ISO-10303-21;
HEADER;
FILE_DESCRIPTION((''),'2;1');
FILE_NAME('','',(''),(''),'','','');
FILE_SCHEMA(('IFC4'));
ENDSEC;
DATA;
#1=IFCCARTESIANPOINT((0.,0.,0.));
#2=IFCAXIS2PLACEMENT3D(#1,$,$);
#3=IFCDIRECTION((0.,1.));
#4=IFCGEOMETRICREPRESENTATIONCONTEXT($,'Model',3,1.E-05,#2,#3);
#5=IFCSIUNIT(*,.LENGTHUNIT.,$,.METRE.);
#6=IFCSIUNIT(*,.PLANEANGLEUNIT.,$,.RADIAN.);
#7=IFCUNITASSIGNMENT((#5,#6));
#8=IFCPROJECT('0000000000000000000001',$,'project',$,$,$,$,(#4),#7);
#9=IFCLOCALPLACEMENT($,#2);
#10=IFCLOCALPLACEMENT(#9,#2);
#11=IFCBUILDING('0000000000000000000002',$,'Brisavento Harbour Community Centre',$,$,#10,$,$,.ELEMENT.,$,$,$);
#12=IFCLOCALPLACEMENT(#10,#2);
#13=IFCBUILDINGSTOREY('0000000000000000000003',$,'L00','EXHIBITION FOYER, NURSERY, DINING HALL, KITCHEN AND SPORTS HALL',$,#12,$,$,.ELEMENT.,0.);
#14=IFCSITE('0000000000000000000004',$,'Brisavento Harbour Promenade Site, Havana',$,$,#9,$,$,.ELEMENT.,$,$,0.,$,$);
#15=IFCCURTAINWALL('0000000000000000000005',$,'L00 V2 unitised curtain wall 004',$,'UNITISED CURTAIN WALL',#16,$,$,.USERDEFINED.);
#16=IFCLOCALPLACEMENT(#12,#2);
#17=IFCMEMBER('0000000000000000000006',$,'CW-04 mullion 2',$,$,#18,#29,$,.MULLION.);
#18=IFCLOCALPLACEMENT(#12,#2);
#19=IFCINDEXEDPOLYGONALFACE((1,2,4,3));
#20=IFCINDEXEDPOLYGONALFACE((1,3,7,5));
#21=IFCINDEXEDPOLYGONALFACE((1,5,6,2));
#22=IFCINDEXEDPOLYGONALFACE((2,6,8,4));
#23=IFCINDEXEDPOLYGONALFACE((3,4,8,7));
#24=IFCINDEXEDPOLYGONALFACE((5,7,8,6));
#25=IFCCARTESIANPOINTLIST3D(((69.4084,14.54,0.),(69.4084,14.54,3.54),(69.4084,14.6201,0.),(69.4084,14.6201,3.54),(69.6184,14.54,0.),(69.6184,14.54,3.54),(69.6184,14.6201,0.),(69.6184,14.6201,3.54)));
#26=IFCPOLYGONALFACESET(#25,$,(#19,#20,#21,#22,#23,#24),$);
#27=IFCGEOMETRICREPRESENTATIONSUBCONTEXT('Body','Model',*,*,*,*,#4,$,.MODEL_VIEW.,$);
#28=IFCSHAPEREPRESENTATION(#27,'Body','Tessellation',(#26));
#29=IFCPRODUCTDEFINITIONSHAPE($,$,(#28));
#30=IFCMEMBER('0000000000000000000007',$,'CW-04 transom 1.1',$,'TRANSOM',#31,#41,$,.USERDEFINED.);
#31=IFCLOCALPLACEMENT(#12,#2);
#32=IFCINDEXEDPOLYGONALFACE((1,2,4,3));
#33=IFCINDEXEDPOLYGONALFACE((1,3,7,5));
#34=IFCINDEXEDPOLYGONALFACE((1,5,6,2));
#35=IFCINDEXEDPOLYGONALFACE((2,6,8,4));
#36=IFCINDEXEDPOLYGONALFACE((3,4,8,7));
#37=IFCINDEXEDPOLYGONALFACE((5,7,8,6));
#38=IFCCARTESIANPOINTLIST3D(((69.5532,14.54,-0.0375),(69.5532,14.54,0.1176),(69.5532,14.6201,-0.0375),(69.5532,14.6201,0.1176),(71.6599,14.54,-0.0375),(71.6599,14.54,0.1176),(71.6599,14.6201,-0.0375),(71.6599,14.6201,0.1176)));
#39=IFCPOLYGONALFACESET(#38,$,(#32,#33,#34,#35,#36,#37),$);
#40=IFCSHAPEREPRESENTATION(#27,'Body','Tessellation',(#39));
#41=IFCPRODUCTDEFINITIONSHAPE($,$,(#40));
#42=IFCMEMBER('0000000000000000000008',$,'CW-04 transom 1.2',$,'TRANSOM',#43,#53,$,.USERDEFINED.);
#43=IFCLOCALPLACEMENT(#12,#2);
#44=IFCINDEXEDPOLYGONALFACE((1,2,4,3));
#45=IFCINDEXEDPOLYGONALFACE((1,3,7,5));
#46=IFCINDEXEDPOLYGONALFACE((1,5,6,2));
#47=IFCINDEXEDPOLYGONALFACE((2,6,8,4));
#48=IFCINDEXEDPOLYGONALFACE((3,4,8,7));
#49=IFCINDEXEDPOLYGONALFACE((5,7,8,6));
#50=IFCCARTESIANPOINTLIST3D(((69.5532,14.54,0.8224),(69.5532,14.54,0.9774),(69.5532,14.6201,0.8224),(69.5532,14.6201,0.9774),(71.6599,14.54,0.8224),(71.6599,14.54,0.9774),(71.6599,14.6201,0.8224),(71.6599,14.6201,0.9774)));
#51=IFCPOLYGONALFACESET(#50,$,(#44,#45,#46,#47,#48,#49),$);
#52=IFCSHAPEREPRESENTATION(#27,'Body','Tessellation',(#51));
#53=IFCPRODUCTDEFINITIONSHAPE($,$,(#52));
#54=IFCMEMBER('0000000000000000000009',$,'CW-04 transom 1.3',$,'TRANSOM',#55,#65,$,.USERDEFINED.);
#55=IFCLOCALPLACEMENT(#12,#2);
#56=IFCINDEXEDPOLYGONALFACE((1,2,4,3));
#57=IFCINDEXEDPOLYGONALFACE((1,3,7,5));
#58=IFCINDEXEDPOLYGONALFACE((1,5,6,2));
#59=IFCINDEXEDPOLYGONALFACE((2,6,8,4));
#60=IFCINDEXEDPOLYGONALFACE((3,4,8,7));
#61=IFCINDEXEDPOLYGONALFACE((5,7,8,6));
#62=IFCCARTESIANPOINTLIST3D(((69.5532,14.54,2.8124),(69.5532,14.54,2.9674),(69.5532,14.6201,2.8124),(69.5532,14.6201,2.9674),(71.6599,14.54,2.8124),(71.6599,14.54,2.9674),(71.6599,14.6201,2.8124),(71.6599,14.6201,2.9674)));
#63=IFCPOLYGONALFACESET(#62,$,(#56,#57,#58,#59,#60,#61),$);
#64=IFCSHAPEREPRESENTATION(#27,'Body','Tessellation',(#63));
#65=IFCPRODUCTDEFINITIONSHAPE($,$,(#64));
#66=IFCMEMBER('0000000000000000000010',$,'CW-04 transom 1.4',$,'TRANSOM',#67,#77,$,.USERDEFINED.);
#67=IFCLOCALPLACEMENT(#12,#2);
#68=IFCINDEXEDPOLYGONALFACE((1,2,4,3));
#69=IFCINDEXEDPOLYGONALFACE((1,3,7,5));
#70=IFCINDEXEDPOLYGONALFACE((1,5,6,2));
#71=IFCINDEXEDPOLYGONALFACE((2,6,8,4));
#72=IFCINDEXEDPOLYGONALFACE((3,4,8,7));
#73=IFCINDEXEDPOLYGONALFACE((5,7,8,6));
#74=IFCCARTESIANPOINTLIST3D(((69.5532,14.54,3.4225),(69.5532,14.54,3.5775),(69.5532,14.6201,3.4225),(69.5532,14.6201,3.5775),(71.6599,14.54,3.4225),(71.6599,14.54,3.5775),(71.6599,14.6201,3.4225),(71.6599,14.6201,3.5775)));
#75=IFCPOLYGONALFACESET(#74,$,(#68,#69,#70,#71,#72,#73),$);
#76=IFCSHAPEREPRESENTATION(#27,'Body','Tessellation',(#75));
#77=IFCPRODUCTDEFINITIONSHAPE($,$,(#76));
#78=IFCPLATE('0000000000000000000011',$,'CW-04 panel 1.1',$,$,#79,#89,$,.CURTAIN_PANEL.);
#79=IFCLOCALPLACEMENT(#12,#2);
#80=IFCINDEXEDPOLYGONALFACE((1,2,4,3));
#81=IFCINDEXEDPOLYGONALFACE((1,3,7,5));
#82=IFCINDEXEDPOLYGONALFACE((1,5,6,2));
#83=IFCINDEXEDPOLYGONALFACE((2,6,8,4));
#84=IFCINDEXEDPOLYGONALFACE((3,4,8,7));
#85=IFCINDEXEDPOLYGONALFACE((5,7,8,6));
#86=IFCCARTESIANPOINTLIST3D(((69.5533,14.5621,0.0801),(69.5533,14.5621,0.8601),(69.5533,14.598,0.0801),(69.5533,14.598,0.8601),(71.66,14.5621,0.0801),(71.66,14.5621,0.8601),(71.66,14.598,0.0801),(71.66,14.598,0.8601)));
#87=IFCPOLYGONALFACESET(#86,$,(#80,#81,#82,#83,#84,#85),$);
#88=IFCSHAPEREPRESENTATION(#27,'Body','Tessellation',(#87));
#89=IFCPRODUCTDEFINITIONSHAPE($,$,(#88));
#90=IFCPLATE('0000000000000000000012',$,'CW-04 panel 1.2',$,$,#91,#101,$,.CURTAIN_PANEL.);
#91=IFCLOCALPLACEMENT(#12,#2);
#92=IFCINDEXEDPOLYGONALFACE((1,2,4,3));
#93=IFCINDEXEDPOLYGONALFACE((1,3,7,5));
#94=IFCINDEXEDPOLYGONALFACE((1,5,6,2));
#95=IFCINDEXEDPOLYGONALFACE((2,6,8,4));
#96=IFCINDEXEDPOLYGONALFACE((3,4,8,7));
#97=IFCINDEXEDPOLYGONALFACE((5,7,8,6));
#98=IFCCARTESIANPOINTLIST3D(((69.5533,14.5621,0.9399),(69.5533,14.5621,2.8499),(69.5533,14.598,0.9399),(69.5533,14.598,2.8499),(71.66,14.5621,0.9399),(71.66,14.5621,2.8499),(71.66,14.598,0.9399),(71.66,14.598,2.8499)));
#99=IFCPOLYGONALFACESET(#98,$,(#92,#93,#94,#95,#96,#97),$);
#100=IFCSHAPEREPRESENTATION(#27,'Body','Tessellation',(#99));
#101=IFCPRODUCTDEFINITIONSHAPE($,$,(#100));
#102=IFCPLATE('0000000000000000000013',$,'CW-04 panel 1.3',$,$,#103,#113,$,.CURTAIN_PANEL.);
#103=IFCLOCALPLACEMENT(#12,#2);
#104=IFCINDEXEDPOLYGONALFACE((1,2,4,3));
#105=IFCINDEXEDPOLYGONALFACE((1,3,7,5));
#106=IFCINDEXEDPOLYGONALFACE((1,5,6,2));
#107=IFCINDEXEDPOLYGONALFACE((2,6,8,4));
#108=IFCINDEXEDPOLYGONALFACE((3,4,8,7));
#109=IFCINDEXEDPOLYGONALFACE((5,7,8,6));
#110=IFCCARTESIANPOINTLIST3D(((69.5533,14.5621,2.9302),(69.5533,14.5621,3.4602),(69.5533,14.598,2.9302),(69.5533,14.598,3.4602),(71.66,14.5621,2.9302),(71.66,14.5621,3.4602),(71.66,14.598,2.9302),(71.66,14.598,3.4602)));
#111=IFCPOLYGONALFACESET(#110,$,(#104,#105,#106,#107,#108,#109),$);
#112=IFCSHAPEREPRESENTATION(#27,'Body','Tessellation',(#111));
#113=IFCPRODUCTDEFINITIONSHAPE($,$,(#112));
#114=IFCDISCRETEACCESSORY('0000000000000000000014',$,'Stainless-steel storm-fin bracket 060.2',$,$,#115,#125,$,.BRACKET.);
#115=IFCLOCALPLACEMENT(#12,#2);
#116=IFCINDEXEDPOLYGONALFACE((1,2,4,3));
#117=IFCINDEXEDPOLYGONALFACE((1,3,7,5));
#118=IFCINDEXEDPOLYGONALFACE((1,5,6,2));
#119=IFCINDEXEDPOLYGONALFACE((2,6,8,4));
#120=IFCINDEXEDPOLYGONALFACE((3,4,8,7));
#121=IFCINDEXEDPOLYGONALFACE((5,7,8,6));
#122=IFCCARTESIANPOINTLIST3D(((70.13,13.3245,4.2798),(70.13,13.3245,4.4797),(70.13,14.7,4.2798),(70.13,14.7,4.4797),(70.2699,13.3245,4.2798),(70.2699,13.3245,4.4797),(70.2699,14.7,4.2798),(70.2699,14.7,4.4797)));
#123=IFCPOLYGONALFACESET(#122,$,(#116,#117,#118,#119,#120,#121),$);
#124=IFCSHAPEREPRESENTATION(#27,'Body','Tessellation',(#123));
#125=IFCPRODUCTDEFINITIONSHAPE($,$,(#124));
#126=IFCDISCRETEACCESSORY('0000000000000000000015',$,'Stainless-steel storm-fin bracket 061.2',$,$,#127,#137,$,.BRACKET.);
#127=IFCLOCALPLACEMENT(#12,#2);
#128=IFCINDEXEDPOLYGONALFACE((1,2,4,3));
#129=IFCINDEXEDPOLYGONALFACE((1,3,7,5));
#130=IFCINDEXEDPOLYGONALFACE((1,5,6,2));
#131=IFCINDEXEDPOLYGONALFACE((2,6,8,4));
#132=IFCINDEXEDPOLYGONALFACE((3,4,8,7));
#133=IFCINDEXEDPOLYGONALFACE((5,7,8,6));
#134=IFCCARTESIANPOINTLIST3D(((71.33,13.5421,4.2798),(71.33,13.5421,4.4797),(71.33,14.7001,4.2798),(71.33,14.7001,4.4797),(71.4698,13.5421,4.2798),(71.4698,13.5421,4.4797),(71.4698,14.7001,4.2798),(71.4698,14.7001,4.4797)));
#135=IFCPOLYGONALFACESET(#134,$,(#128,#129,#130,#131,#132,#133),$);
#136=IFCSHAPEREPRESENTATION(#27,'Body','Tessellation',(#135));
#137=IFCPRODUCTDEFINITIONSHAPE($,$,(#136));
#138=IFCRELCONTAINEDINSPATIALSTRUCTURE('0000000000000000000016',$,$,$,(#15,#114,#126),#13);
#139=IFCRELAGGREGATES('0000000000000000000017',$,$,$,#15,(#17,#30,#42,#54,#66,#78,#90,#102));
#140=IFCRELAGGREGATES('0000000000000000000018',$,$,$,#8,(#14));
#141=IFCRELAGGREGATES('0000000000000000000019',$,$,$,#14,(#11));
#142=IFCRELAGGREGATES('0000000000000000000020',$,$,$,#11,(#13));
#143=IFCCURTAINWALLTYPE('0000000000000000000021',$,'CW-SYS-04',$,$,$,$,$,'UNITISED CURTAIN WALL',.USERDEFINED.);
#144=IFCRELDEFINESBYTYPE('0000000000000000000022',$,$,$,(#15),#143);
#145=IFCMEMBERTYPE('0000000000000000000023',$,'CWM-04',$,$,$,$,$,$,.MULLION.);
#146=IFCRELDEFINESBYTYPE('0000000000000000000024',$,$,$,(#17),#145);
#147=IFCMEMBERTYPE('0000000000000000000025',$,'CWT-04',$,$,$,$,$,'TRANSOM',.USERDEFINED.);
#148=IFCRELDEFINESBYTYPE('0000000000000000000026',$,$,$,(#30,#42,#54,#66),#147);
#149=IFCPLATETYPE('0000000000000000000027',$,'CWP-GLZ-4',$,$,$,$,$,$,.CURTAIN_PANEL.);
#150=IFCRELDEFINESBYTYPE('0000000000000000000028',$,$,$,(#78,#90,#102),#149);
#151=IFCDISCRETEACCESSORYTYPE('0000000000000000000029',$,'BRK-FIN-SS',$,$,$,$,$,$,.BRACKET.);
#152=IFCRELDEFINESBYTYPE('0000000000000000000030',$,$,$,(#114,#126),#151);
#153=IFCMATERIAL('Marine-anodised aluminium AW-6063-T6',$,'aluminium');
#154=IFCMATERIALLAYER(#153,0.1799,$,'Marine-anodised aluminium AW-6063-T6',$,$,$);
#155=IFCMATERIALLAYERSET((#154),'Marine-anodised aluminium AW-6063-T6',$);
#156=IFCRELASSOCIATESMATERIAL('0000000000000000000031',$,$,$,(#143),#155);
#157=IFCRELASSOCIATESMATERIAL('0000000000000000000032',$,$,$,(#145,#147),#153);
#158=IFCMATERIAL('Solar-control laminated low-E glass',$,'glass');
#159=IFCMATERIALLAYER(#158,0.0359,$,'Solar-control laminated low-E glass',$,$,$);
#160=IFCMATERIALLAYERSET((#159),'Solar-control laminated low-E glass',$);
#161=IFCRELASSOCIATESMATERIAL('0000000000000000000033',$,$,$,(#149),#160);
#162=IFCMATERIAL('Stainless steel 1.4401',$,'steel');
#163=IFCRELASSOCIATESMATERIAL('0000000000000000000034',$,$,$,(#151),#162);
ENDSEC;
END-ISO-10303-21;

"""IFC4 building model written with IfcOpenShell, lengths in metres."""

from ifc_helpers import new_model, si_unit, direction, frame, origin, origin_2d, place, context, subcontext, project, spatial, rectangle, extrude, material, layer, layer_set, material_profile, profile_set, type_object, element, aggregate, save


model = new_model("IFC4")

# Units and contexts
model_context = context("Model", 3, precision=1e-05, world=origin(), true_north=direction((0.0, 1.0)))
body_context = subcontext(model_context, "Body", "Model", "MODEL_VIEW")
ifc_project = project(units=[si_unit("LENGTHUNIT", "METRE"), si_unit("PLANEANGLEUNIT", "RADIAN")], contexts=[model_context])

# Site, building, storey
site_placement = place(None, origin())
site = spatial("IfcSite", under=ifc_project, at=site_placement, Name="Brisavento Harbour Promenade Site, Havana", CompositionType="ELEMENT", RefElevation=0.0)
building_placement = place(site_placement, origin())
building = spatial("IfcBuilding", under=site, at=building_placement, Name="Brisavento Harbour Community Centre", CompositionType="ELEMENT")
storey_placement = place(building_placement, origin())
storey = spatial("IfcBuildingStorey", under=building, at=storey_placement, Name="L00", Description="EXHIBITION FOYER, NURSERY, DINING HALL, KITCHEN AND SPORTS HALL", CompositionType="ELEMENT", Elevation=0.0)

# Curtain wall, members, plates
ifc_material_1 = material(Name="Marine-anodised aluminium AW-6063-T6", Category="aluminium")
ifc_layer_1 = layer(ifc_material_1, 0.1799, Name="Marine-anodised aluminium AW-6063-T6")
ifc_layer_set_1 = layer_set([ifc_layer_1], Name="Marine-anodised aluminium AW-6063-T6")
curtain_wall_type = type_object("IfcCurtainWallType", Name="CW-SYS-04", ElementType="UNITISED CURTAIN WALL", PredefinedType="USERDEFINED", material=ifc_layer_set_1)
curtain_wall_placement = place(storey_placement, origin())
curtain_wall = element("IfcCurtainWall", 1, at=curtain_wall_placement, inside=storey, type_object=curtain_wall_type, Name="L00 V2 unitised curtain wall 004", ObjectType="UNITISED CURTAIN WALL", PredefinedType="USERDEFINED")
ifc_material_profile_1 = material_profile(ifc_material_1, rectangle(XDim=0.0801, YDim=0.21, at=origin_2d()), Name="Marine-anodised aluminium AW-6063-T6")
ifc_profile_set_1 = profile_set([ifc_material_profile_1], Name="Marine-anodised aluminium AW-6063-T6")
member_type_1 = type_object("IfcMemberType", Name="CWM-04", PredefinedType="MULLION", material=ifc_profile_set_1)
member_1_placement = place(storey_placement, frame((69.5134, 14.5801, 0.0), z_axis=(0.0, 0.0, 1.0), x_axis=(0.0, -1.0, 0.0)))
member_1 = element("IfcMember", 2, at=member_1_placement, type_object=member_type_1, Name="CW-04 mullion 2", PredefinedType="MULLION", context=body_context, shape_type="SweptSolid", body=[
    extrude(rectangle(XDim=0.0801, YDim=0.21, at=origin_2d()), origin(), (0.0, 0.0, 1.0), 3.54),
])
ifc_material_profile_2 = material_profile(ifc_material_1, rectangle(XDim=0.0801, YDim=0.155, at=origin_2d()), Name="Marine-anodised aluminium AW-6063-T6")
ifc_profile_set_2 = profile_set([ifc_material_profile_2], Name="Marine-anodised aluminium AW-6063-T6")
member_type_2 = type_object("IfcMemberType", Name="CWT-04", ElementType="TRANSOM", PredefinedType="USERDEFINED", material=ifc_profile_set_2)
member_2_placement = place(storey_placement, frame((71.6599, 14.5801, 0.04), z_axis=(-1.0, 0.0, 0.0), x_axis=(0.0, -1.0, 0.0)))
member_2 = element("IfcMember", 3, at=member_2_placement, type_object=member_type_2, Name="CW-04 transom 1.1", ObjectType="TRANSOM", PredefinedType="USERDEFINED", context=body_context, shape_type="SweptSolid", body=[
    extrude(rectangle(XDim=0.0801, YDim=0.155, at=origin_2d()), origin(), (0.0, 0.0, 1.0), 2.1067),
])
member_3_placement = place(storey_placement, frame((71.6599, 14.5801, 0.8999), z_axis=(-1.0, 0.0, 0.0), x_axis=(0.0, -1.0, 0.0)))
member_3 = element("IfcMember", 4, at=member_3_placement, type_object=member_type_2, Name="CW-04 transom 1.2", ObjectType="TRANSOM", PredefinedType="USERDEFINED", context=body_context, shape_type="SweptSolid", body=[
    extrude(rectangle(XDim=0.0801, YDim=0.155, at=origin_2d()), origin(), (0.0, 0.0, 1.0), 2.1067),
])
member_4_placement = place(storey_placement, frame((71.6599, 14.5801, 2.8899), z_axis=(-1.0, 0.0, 0.0), x_axis=(0.0, -1.0, 0.0)))
member_4 = element("IfcMember", 5, at=member_4_placement, type_object=member_type_2, Name="CW-04 transom 1.3", ObjectType="TRANSOM", PredefinedType="USERDEFINED", context=body_context, shape_type="SweptSolid", body=[
    extrude(rectangle(XDim=0.0801, YDim=0.155, at=origin_2d()), origin(), (0.0, 0.0, 1.0), 2.1067),
])
member_5_placement = place(storey_placement, frame((71.6599, 14.5801, 3.5), z_axis=(-1.0, 0.0, 0.0), x_axis=(0.0, -1.0, 0.0)))
member_5 = element("IfcMember", 6, at=member_5_placement, type_object=member_type_2, Name="CW-04 transom 1.4", ObjectType="TRANSOM", PredefinedType="USERDEFINED", context=body_context, shape_type="SweptSolid", body=[
    extrude(rectangle(XDim=0.0801, YDim=0.155, at=origin_2d()), origin(), (0.0, 0.0, 1.0), 2.1067),
])
ifc_material_2 = material(Name="Solar-control laminated low-E glass", Category="glass")
ifc_layer_2 = layer(ifc_material_2, 0.0359, Name="Solar-control laminated low-E glass")
ifc_layer_set_2 = layer_set([ifc_layer_2], Name="Solar-control laminated low-E glass")
plate_type = type_object("IfcPlateType", Name="CWP-GLZ-4", PredefinedType="CURTAIN_PANEL", material=ifc_layer_set_2)
plate_1_placement = place(storey_placement, frame((70.6067, 14.5801, 0.0801), z_axis=(0.0, 0.0, 1.0), x_axis=(-1.0, 0.0, 0.0)))
plate_1 = element("IfcPlate", 7, at=plate_1_placement, type_object=plate_type, Name="CW-04 panel 1.1", PredefinedType="CURTAIN_PANEL", context=body_context, shape_type="SweptSolid", body=[
    extrude(rectangle(XDim=2.1067, YDim=0.0359, at=origin_2d()), origin(), (0.0, 0.0, 1.0), 0.78),
])
plate_2_placement = place(storey_placement, frame((70.6067, 14.5801, 0.9399), z_axis=(0.0, 0.0, 1.0), x_axis=(-1.0, 0.0, 0.0)))
plate_2 = element("IfcPlate", 8, at=plate_2_placement, type_object=plate_type, Name="CW-04 panel 1.2", PredefinedType="CURTAIN_PANEL", context=body_context, shape_type="SweptSolid", body=[
    extrude(rectangle(XDim=2.1067, YDim=0.0359, at=origin_2d()), origin(), (0.0, 0.0, 1.0), 1.9099),
])
plate_3_placement = place(storey_placement, frame((70.6067, 14.5801, 2.9302), z_axis=(0.0, 0.0, 1.0), x_axis=(-1.0, 0.0, 0.0)))
plate_3 = element("IfcPlate", 9, at=plate_3_placement, type_object=plate_type, Name="CW-04 panel 1.3", PredefinedType="CURTAIN_PANEL", context=body_context, shape_type="SweptSolid", body=[
    extrude(rectangle(XDim=2.1067, YDim=0.0359, at=origin_2d()), origin(), (0.0, 0.0, 1.0), 0.53),
])
aggregate(curtain_wall, [member_1, member_2, member_3, member_4, member_5, plate_1, plate_2, plate_3])

# Discrete accessories
ifc_material_3 = material(Name="Stainless steel 1.4401", Category="steel")
discrete_accessory_type = type_object("IfcDiscreteAccessoryType", Name="BRK-FIN-SS", PredefinedType="BRACKET", material=ifc_material_3)
discrete_accessory_1_placement = place(storey_placement, frame((70.2, 14.0122, 4.2798), z_axis=(0.0, 0.0, 1.0), x_axis=(0.0, -1.0, 0.0)))
element("IfcDiscreteAccessory", 10, at=discrete_accessory_1_placement, inside=storey, type_object=discrete_accessory_type, Name="Stainless-steel storm-fin bracket 060.2", PredefinedType="BRACKET", context=body_context, shape_type="SweptSolid", body=[
    extrude(rectangle(XDim=1.3755, YDim=0.1399, at=origin_2d()), origin(), (0.0, 0.0, 1.0), 0.2),
])
discrete_accessory_2_placement = place(storey_placement, frame((71.3999, 14.1211, 4.2798), z_axis=(0.0, 0.0, 1.0), x_axis=(0.0, -1.0, 0.0)))
element("IfcDiscreteAccessory", 11, at=discrete_accessory_2_placement, inside=storey, type_object=discrete_accessory_type, Name="Stainless-steel storm-fin bracket 061.2", PredefinedType="BRACKET", context=body_context, shape_type="SweptSolid", body=[
    extrude(rectangle(XDim=1.158, YDim=0.1399, at=origin_2d()), origin(), (0.0, 0.0, 1.0), 0.2),
])

save(model, "model.ifc")
